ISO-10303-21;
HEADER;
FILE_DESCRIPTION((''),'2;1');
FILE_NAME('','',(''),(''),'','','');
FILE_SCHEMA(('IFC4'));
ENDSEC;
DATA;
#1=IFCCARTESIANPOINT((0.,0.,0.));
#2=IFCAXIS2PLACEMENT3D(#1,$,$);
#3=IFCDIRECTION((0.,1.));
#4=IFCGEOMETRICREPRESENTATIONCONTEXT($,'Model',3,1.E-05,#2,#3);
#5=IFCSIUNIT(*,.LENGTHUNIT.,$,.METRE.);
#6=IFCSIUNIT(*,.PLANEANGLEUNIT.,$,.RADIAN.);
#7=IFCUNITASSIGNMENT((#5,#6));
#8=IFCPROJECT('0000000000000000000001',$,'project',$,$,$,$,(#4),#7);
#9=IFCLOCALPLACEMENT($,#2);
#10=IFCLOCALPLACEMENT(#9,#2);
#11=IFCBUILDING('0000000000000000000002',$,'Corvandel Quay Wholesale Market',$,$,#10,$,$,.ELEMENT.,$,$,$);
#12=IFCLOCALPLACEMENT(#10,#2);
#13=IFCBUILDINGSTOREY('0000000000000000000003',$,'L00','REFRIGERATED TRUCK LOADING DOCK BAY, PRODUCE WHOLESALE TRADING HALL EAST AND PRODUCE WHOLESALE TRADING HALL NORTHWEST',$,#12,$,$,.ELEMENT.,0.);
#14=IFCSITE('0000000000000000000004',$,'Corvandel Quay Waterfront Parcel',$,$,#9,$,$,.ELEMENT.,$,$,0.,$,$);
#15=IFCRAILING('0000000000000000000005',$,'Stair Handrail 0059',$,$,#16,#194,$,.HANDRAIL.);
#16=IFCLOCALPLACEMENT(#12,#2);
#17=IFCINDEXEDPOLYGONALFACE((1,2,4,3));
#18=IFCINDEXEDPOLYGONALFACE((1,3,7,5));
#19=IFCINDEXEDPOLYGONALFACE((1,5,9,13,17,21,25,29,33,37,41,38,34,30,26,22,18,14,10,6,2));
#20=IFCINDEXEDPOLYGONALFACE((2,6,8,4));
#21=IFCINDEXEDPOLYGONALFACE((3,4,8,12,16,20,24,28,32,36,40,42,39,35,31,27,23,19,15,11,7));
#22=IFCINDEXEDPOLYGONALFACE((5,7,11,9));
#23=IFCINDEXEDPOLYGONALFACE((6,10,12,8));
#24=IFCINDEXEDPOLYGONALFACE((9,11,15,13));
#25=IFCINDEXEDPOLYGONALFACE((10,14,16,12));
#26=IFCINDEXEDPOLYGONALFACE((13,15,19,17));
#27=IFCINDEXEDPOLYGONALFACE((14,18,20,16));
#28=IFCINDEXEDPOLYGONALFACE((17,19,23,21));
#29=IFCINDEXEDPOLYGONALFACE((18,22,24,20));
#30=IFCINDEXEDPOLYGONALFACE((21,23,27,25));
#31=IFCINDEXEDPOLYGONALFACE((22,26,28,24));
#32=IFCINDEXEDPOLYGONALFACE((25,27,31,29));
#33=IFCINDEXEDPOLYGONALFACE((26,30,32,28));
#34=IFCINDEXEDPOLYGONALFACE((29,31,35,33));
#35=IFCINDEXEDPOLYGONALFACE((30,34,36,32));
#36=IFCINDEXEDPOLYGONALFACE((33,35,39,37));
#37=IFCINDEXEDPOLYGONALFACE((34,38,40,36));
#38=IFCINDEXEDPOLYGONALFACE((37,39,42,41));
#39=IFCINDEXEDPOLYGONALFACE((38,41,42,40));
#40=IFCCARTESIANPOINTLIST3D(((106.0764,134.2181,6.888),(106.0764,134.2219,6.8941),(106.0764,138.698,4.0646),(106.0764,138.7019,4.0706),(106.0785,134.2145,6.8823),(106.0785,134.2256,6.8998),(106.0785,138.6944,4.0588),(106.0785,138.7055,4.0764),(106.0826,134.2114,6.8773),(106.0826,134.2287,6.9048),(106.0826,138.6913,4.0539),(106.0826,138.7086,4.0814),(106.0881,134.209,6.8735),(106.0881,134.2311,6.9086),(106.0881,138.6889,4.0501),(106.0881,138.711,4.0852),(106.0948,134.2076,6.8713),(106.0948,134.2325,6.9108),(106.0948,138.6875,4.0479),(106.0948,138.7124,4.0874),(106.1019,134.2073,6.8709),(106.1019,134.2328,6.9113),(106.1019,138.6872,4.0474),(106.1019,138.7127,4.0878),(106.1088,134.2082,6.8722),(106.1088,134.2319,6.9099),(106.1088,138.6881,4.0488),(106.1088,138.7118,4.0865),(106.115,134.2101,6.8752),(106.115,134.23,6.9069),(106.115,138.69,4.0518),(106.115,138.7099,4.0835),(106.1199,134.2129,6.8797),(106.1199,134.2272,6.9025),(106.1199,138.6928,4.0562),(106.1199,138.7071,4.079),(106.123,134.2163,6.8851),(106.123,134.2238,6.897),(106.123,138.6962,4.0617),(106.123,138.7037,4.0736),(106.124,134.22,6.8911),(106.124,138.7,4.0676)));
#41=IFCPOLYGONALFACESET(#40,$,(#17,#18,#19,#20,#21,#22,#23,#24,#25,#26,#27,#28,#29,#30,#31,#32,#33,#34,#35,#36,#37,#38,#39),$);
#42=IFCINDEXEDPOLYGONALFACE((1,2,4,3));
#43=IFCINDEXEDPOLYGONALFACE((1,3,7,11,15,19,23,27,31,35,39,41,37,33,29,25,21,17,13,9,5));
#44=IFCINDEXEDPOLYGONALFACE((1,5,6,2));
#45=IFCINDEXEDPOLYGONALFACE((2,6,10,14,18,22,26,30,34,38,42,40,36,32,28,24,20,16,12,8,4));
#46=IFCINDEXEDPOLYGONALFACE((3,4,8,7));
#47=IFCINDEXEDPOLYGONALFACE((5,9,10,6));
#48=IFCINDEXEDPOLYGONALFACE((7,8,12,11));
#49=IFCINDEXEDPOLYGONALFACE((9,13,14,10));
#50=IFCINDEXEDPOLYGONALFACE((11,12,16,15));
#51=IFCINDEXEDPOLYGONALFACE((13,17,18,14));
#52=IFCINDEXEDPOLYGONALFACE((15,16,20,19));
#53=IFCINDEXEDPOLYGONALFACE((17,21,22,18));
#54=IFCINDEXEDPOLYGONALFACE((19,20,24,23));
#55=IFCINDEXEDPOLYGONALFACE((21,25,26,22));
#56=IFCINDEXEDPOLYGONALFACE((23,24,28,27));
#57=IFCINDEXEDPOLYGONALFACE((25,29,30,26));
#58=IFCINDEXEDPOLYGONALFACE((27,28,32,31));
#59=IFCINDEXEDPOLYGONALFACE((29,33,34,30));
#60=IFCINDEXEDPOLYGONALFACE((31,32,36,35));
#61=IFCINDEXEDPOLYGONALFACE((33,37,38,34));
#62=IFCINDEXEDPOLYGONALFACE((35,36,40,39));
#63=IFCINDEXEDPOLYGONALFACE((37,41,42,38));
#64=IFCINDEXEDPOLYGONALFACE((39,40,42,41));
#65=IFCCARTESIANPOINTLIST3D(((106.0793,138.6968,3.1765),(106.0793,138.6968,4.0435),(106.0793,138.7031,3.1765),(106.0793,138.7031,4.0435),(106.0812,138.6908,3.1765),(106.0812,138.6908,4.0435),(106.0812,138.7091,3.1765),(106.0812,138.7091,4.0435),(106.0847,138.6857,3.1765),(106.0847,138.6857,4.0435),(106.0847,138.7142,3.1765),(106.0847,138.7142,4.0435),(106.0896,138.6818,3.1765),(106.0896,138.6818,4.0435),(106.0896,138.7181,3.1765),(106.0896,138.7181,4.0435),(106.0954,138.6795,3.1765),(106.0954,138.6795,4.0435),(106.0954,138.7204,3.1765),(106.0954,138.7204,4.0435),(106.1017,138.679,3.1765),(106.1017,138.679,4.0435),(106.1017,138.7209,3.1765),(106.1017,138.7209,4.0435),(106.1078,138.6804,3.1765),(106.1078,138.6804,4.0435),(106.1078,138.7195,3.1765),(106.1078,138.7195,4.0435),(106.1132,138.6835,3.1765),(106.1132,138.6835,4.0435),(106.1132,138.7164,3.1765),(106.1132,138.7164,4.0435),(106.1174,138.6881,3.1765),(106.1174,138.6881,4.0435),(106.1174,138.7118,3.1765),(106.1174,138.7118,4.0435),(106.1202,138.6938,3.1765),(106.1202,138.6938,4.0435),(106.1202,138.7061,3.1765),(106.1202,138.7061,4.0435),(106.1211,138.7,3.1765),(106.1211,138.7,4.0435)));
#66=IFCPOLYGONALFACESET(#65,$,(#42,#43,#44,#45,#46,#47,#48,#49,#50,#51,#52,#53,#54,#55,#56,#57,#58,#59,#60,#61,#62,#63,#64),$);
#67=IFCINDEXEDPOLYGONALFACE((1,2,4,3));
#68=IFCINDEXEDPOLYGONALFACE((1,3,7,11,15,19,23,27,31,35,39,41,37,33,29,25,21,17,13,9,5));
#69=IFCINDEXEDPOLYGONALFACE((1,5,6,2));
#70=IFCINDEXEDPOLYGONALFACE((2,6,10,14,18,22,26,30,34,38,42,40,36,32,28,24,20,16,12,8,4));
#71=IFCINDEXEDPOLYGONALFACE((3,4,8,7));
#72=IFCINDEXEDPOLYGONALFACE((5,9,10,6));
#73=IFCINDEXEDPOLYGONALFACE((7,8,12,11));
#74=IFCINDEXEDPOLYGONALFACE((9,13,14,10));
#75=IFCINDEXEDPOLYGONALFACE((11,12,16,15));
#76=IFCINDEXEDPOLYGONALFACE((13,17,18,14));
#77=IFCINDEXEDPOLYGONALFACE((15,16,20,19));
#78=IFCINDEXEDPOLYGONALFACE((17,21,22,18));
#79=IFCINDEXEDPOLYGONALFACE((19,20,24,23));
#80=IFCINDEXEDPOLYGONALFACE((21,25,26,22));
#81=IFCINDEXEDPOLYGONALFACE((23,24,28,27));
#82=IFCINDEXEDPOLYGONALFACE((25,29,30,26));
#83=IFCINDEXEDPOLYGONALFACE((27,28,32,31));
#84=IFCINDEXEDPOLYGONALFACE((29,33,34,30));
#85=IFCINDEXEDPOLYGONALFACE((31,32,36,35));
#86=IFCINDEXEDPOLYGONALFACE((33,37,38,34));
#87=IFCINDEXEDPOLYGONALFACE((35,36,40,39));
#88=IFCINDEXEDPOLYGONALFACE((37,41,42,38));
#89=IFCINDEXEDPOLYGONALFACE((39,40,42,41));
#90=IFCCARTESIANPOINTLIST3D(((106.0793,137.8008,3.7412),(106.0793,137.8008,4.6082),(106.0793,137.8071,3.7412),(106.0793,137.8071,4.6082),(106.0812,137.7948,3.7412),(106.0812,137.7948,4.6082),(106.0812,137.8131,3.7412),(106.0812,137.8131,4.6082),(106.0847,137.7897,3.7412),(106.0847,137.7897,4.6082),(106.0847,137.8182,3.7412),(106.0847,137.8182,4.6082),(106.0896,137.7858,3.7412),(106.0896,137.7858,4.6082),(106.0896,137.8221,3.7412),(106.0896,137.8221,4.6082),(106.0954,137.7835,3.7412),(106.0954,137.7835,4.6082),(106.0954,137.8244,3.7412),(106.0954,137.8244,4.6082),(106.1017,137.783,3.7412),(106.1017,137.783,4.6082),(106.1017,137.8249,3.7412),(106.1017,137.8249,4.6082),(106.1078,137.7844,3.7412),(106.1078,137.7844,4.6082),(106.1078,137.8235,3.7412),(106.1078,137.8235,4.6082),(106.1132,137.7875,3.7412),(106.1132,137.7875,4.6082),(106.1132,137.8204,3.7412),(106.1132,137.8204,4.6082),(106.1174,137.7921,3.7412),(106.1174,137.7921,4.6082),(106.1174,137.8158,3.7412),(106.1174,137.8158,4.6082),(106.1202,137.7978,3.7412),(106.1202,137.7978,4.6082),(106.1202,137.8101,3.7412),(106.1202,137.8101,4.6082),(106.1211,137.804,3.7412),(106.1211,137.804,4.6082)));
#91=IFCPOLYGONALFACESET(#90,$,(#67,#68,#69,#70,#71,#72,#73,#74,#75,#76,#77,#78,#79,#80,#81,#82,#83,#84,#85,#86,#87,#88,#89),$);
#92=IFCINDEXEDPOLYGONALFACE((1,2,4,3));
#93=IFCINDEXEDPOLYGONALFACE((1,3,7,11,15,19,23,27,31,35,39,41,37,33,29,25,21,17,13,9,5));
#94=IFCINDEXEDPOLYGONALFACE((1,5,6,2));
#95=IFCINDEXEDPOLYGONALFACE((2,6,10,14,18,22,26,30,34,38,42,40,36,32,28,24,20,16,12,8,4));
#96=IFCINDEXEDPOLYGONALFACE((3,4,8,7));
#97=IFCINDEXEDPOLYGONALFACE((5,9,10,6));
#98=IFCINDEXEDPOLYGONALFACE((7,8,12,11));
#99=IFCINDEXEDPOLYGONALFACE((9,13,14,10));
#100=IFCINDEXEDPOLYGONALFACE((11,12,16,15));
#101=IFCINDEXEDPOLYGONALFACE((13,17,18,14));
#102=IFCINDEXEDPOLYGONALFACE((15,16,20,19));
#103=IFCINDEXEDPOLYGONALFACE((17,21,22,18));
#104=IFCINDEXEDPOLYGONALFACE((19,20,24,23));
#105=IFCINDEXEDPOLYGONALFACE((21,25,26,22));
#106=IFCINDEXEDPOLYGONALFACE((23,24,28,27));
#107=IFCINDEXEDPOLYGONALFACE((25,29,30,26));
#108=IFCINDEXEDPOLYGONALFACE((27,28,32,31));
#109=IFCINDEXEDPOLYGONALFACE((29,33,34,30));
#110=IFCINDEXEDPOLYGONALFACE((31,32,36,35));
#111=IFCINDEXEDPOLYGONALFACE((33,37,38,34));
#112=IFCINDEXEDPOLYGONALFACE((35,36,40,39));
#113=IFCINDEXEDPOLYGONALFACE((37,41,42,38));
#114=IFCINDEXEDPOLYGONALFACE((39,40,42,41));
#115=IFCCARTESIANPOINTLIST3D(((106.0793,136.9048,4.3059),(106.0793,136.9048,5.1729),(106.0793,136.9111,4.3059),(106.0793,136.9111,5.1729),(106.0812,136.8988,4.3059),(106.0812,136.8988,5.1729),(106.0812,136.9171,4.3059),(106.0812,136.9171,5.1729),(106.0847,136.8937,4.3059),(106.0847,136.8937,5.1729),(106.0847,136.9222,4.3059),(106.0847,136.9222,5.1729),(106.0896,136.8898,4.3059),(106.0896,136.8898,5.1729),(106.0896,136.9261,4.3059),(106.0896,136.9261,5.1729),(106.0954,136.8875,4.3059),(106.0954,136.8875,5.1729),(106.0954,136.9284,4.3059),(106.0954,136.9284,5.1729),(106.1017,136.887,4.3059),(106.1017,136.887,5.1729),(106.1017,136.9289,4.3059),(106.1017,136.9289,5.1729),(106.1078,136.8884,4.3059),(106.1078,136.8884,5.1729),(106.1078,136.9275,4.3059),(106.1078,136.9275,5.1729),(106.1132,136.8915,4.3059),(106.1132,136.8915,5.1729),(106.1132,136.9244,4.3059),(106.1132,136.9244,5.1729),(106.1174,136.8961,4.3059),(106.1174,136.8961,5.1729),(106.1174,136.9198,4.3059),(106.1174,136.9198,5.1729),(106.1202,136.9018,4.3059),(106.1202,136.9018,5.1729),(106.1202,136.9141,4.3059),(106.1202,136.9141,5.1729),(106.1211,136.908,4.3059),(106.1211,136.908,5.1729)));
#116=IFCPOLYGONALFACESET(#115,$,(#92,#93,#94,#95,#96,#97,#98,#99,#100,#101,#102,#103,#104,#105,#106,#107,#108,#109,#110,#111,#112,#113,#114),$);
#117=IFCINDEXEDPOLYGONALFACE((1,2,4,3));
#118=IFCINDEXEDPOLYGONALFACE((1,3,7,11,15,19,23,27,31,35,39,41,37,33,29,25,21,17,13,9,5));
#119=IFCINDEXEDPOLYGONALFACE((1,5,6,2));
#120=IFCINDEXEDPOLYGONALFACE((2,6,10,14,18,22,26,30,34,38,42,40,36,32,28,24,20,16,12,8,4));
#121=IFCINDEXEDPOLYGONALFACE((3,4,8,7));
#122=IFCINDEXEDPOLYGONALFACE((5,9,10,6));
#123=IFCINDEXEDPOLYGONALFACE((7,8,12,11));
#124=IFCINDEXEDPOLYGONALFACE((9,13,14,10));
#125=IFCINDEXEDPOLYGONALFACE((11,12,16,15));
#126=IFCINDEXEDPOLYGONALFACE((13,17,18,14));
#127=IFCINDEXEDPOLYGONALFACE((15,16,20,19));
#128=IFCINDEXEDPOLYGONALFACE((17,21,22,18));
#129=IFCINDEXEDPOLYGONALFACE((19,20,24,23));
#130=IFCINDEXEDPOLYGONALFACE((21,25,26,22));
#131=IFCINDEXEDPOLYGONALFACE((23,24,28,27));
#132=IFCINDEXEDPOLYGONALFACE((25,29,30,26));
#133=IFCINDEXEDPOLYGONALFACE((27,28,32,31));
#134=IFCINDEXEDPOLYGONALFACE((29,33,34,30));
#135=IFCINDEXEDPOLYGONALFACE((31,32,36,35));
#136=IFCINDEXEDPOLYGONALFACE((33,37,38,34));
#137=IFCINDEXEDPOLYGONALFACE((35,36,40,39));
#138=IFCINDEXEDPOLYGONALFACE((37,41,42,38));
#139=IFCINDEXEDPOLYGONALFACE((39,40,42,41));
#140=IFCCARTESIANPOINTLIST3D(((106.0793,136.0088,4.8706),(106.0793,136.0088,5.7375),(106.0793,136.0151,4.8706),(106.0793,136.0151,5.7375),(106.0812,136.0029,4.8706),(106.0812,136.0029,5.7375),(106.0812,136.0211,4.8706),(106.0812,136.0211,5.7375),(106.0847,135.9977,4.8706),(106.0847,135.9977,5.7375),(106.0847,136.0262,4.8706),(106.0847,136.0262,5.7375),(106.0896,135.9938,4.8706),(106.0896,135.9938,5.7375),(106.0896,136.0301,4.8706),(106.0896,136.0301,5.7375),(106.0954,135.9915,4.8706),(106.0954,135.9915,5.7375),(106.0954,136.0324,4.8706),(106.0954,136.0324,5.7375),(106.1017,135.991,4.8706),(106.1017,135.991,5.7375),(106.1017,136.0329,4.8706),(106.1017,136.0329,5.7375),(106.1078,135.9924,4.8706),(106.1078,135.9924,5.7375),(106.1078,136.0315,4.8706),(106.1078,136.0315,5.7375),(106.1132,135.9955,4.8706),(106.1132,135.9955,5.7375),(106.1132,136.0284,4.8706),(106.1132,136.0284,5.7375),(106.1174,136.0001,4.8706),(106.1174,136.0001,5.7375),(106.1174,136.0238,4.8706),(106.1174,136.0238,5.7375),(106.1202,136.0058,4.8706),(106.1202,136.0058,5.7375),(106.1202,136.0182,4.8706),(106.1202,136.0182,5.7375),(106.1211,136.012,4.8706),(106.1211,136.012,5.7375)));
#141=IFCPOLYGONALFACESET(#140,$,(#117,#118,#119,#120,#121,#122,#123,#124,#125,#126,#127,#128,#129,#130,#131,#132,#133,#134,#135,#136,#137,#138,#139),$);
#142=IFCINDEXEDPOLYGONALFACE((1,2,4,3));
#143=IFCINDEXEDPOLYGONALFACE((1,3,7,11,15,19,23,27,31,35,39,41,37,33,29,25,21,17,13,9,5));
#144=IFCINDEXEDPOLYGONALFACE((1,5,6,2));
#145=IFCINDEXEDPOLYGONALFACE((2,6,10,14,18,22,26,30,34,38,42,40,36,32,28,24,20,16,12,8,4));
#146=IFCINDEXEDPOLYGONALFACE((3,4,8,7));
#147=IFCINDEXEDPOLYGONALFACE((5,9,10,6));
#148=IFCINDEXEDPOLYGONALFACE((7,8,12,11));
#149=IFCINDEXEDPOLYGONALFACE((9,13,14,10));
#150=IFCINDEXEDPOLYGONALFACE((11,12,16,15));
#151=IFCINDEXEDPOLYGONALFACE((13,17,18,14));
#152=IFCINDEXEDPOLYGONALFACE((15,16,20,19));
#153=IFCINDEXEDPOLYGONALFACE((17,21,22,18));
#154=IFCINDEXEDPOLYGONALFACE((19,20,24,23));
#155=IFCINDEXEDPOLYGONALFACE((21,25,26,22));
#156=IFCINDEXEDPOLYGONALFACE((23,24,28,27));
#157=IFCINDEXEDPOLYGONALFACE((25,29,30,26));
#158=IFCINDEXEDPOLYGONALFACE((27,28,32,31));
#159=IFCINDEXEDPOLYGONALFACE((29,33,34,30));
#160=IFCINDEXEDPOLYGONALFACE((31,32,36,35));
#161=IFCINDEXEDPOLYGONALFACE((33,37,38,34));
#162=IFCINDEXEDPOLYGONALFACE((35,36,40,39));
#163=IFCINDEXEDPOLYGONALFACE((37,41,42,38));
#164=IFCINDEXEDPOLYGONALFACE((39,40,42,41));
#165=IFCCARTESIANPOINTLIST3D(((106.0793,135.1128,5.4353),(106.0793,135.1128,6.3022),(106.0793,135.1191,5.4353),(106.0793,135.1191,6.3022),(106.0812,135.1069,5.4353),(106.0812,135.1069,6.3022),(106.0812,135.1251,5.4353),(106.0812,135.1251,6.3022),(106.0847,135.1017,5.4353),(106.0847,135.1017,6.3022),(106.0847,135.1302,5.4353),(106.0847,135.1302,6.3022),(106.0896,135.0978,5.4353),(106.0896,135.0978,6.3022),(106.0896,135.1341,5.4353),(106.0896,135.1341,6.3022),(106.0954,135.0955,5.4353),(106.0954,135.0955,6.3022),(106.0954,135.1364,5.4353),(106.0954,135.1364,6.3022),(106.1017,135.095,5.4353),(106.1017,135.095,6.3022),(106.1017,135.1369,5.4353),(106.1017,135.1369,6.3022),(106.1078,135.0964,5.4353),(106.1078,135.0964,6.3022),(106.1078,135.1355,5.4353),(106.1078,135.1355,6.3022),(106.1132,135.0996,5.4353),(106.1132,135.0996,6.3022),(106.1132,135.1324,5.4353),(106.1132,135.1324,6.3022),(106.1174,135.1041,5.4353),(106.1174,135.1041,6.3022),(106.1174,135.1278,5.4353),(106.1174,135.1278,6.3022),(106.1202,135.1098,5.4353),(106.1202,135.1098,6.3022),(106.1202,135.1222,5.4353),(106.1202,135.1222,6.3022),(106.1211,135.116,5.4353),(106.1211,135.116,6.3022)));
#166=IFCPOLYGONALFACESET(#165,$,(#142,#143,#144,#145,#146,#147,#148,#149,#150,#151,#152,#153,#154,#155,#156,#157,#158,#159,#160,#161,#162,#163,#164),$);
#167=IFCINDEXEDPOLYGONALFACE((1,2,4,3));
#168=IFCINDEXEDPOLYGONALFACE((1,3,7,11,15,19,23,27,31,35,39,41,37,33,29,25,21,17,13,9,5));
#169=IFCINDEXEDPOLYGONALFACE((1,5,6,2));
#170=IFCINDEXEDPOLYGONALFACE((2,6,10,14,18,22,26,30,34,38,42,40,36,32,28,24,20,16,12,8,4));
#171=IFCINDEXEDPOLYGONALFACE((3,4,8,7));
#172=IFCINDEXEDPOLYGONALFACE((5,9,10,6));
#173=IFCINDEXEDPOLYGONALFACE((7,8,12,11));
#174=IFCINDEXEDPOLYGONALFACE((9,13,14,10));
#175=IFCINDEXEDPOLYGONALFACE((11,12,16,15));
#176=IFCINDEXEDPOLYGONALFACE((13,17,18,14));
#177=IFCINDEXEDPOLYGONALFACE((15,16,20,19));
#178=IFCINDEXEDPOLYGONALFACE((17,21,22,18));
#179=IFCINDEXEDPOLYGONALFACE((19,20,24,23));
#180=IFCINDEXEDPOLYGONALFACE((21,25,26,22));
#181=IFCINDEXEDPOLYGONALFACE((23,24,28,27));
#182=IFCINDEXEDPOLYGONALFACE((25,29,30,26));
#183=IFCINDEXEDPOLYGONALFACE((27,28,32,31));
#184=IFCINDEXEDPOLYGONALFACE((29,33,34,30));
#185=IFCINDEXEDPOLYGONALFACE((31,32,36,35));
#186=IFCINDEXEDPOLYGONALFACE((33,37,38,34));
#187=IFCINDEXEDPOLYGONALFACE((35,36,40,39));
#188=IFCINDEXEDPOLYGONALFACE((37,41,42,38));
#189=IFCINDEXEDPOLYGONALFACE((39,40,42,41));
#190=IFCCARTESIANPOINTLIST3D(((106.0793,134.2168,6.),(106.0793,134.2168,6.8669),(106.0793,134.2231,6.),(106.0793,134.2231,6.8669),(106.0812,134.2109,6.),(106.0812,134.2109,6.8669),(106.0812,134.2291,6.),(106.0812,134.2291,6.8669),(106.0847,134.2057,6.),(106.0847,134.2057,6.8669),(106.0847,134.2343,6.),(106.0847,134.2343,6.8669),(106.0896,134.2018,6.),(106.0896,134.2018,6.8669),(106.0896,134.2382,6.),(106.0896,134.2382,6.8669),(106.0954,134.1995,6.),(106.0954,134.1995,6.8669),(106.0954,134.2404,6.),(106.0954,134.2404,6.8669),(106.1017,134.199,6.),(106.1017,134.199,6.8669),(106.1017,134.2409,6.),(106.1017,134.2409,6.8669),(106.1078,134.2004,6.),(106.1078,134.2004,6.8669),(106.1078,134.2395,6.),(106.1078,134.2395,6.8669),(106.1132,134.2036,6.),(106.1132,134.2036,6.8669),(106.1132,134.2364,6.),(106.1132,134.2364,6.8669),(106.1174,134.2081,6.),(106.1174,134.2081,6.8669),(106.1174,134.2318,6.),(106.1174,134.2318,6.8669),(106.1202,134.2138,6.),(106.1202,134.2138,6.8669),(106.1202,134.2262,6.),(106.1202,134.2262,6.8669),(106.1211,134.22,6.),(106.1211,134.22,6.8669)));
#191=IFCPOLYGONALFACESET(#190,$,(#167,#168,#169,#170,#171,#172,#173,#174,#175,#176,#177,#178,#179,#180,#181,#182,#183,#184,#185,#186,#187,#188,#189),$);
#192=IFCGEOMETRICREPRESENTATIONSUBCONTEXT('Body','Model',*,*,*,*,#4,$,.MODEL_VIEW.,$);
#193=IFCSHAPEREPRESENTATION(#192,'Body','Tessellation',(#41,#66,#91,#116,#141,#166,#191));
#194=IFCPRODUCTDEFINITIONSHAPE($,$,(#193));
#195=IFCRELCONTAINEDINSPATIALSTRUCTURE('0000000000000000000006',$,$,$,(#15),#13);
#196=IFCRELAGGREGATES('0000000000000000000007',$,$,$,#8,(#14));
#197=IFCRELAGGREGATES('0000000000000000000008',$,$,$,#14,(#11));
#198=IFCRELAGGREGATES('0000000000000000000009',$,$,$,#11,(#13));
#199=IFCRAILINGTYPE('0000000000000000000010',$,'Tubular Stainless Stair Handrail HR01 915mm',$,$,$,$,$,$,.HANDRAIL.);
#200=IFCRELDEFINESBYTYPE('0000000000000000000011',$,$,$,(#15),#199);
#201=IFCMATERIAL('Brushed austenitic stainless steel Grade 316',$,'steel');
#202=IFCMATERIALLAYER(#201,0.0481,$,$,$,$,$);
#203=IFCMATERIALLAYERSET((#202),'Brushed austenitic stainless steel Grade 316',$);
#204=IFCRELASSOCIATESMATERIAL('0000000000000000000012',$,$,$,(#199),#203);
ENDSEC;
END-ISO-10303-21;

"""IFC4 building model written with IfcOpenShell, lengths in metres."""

from ifc_helpers import new_model, si_unit, direction, frame, origin, origin_2d, place, context, subcontext, project, spatial, circle, extrude, material, layer, layer_set, type_object, element, save


model = new_model("IFC4")

# Units and contexts
model_context = context("Model", 3, precision=1e-05, world=origin(), true_north=direction((0.0, 1.0)))
body_context = subcontext(model_context, "Body", "Model", "MODEL_VIEW")
ifc_project = project(units=[si_unit("LENGTHUNIT", "METRE"), si_unit("PLANEANGLEUNIT", "RADIAN")], contexts=[model_context])

# Site, building, storey
site_placement = place(None, origin())
site = spatial("IfcSite", under=ifc_project, at=site_placement, Name="Corvandel Quay Waterfront Parcel", CompositionType="ELEMENT", RefElevation=0.0)
building_placement = place(site_placement, origin())
building = spatial("IfcBuilding", under=site, at=building_placement, Name="Corvandel Quay Wholesale Market", CompositionType="ELEMENT")
storey_placement = place(building_placement, origin())
storey = spatial("IfcBuildingStorey", under=building, at=storey_placement, Name="L00", Description="REFRIGERATED TRUCK LOADING DOCK BAY, PRODUCE WHOLESALE TRADING HALL EAST AND PRODUCE WHOLESALE TRADING HALL NORTHWEST", CompositionType="ELEMENT", Elevation=0.0)

# Railing
ifc_material_1 = material(Name="Brushed austenitic stainless steel Grade 316", Category="steel")
ifc_layer_1 = layer(ifc_material_1, 0.0481)
ifc_layer_set_1 = layer_set([ifc_layer_1], Name="Brushed austenitic stainless steel Grade 316")
railing_type_1 = type_object("IfcRailingType", Name="Tubular Stainless Stair Handrail HR01 915mm", PredefinedType="HANDRAIL", material=ifc_layer_set_1)
for number, where, name in (
    (1, (106.1001, 138.7, 3.1765), "Stair Handrail 0059"),
):
    element("IfcRailing", number, at=place(storey_placement, frame(where)), inside=storey, type_object=railing_type_1, Name=name, PredefinedType="HANDRAIL", context=body_context, shape_type="SweptSolid", body=[
        extrude(circle(Radius=0.0239, at=origin_2d()), frame((0.0, 0.0, 0.8911), z_axis=(0.0, -0.845998, 0.533186), x_axis=(1.0, 0.0, 0.0)), (0.0, 0.0, 1.0), 5.2954),
        extrude(circle(Radius=0.021, at=origin_2d()), origin(), (0.0, 0.0, 1.0), 0.8669),
        extrude(circle(Radius=0.021, at=origin_2d()), frame((0.0, -0.896, 0.5647)), (0.0, 0.0, 1.0), 0.8669),
        extrude(circle(Radius=0.021, at=origin_2d()), frame((0.0, -1.792, 1.1294)), (0.0, 0.0, 1.0), 0.8669),
        extrude(circle(Radius=0.021, at=origin_2d()), frame((0.0, -2.688, 1.6941)), (0.0, 0.0, 1.0), 0.8669),
        extrude(circle(Radius=0.021, at=origin_2d()), frame((0.0, -3.584, 2.2588)), (0.0, 0.0, 1.0), 0.8669),
        extrude(circle(Radius=0.021, at=origin_2d()), frame((0.0, -4.48, 2.8235)), (0.0, 0.0, 1.0), 0.8669),
    ])

save(model, "model.ifc")
